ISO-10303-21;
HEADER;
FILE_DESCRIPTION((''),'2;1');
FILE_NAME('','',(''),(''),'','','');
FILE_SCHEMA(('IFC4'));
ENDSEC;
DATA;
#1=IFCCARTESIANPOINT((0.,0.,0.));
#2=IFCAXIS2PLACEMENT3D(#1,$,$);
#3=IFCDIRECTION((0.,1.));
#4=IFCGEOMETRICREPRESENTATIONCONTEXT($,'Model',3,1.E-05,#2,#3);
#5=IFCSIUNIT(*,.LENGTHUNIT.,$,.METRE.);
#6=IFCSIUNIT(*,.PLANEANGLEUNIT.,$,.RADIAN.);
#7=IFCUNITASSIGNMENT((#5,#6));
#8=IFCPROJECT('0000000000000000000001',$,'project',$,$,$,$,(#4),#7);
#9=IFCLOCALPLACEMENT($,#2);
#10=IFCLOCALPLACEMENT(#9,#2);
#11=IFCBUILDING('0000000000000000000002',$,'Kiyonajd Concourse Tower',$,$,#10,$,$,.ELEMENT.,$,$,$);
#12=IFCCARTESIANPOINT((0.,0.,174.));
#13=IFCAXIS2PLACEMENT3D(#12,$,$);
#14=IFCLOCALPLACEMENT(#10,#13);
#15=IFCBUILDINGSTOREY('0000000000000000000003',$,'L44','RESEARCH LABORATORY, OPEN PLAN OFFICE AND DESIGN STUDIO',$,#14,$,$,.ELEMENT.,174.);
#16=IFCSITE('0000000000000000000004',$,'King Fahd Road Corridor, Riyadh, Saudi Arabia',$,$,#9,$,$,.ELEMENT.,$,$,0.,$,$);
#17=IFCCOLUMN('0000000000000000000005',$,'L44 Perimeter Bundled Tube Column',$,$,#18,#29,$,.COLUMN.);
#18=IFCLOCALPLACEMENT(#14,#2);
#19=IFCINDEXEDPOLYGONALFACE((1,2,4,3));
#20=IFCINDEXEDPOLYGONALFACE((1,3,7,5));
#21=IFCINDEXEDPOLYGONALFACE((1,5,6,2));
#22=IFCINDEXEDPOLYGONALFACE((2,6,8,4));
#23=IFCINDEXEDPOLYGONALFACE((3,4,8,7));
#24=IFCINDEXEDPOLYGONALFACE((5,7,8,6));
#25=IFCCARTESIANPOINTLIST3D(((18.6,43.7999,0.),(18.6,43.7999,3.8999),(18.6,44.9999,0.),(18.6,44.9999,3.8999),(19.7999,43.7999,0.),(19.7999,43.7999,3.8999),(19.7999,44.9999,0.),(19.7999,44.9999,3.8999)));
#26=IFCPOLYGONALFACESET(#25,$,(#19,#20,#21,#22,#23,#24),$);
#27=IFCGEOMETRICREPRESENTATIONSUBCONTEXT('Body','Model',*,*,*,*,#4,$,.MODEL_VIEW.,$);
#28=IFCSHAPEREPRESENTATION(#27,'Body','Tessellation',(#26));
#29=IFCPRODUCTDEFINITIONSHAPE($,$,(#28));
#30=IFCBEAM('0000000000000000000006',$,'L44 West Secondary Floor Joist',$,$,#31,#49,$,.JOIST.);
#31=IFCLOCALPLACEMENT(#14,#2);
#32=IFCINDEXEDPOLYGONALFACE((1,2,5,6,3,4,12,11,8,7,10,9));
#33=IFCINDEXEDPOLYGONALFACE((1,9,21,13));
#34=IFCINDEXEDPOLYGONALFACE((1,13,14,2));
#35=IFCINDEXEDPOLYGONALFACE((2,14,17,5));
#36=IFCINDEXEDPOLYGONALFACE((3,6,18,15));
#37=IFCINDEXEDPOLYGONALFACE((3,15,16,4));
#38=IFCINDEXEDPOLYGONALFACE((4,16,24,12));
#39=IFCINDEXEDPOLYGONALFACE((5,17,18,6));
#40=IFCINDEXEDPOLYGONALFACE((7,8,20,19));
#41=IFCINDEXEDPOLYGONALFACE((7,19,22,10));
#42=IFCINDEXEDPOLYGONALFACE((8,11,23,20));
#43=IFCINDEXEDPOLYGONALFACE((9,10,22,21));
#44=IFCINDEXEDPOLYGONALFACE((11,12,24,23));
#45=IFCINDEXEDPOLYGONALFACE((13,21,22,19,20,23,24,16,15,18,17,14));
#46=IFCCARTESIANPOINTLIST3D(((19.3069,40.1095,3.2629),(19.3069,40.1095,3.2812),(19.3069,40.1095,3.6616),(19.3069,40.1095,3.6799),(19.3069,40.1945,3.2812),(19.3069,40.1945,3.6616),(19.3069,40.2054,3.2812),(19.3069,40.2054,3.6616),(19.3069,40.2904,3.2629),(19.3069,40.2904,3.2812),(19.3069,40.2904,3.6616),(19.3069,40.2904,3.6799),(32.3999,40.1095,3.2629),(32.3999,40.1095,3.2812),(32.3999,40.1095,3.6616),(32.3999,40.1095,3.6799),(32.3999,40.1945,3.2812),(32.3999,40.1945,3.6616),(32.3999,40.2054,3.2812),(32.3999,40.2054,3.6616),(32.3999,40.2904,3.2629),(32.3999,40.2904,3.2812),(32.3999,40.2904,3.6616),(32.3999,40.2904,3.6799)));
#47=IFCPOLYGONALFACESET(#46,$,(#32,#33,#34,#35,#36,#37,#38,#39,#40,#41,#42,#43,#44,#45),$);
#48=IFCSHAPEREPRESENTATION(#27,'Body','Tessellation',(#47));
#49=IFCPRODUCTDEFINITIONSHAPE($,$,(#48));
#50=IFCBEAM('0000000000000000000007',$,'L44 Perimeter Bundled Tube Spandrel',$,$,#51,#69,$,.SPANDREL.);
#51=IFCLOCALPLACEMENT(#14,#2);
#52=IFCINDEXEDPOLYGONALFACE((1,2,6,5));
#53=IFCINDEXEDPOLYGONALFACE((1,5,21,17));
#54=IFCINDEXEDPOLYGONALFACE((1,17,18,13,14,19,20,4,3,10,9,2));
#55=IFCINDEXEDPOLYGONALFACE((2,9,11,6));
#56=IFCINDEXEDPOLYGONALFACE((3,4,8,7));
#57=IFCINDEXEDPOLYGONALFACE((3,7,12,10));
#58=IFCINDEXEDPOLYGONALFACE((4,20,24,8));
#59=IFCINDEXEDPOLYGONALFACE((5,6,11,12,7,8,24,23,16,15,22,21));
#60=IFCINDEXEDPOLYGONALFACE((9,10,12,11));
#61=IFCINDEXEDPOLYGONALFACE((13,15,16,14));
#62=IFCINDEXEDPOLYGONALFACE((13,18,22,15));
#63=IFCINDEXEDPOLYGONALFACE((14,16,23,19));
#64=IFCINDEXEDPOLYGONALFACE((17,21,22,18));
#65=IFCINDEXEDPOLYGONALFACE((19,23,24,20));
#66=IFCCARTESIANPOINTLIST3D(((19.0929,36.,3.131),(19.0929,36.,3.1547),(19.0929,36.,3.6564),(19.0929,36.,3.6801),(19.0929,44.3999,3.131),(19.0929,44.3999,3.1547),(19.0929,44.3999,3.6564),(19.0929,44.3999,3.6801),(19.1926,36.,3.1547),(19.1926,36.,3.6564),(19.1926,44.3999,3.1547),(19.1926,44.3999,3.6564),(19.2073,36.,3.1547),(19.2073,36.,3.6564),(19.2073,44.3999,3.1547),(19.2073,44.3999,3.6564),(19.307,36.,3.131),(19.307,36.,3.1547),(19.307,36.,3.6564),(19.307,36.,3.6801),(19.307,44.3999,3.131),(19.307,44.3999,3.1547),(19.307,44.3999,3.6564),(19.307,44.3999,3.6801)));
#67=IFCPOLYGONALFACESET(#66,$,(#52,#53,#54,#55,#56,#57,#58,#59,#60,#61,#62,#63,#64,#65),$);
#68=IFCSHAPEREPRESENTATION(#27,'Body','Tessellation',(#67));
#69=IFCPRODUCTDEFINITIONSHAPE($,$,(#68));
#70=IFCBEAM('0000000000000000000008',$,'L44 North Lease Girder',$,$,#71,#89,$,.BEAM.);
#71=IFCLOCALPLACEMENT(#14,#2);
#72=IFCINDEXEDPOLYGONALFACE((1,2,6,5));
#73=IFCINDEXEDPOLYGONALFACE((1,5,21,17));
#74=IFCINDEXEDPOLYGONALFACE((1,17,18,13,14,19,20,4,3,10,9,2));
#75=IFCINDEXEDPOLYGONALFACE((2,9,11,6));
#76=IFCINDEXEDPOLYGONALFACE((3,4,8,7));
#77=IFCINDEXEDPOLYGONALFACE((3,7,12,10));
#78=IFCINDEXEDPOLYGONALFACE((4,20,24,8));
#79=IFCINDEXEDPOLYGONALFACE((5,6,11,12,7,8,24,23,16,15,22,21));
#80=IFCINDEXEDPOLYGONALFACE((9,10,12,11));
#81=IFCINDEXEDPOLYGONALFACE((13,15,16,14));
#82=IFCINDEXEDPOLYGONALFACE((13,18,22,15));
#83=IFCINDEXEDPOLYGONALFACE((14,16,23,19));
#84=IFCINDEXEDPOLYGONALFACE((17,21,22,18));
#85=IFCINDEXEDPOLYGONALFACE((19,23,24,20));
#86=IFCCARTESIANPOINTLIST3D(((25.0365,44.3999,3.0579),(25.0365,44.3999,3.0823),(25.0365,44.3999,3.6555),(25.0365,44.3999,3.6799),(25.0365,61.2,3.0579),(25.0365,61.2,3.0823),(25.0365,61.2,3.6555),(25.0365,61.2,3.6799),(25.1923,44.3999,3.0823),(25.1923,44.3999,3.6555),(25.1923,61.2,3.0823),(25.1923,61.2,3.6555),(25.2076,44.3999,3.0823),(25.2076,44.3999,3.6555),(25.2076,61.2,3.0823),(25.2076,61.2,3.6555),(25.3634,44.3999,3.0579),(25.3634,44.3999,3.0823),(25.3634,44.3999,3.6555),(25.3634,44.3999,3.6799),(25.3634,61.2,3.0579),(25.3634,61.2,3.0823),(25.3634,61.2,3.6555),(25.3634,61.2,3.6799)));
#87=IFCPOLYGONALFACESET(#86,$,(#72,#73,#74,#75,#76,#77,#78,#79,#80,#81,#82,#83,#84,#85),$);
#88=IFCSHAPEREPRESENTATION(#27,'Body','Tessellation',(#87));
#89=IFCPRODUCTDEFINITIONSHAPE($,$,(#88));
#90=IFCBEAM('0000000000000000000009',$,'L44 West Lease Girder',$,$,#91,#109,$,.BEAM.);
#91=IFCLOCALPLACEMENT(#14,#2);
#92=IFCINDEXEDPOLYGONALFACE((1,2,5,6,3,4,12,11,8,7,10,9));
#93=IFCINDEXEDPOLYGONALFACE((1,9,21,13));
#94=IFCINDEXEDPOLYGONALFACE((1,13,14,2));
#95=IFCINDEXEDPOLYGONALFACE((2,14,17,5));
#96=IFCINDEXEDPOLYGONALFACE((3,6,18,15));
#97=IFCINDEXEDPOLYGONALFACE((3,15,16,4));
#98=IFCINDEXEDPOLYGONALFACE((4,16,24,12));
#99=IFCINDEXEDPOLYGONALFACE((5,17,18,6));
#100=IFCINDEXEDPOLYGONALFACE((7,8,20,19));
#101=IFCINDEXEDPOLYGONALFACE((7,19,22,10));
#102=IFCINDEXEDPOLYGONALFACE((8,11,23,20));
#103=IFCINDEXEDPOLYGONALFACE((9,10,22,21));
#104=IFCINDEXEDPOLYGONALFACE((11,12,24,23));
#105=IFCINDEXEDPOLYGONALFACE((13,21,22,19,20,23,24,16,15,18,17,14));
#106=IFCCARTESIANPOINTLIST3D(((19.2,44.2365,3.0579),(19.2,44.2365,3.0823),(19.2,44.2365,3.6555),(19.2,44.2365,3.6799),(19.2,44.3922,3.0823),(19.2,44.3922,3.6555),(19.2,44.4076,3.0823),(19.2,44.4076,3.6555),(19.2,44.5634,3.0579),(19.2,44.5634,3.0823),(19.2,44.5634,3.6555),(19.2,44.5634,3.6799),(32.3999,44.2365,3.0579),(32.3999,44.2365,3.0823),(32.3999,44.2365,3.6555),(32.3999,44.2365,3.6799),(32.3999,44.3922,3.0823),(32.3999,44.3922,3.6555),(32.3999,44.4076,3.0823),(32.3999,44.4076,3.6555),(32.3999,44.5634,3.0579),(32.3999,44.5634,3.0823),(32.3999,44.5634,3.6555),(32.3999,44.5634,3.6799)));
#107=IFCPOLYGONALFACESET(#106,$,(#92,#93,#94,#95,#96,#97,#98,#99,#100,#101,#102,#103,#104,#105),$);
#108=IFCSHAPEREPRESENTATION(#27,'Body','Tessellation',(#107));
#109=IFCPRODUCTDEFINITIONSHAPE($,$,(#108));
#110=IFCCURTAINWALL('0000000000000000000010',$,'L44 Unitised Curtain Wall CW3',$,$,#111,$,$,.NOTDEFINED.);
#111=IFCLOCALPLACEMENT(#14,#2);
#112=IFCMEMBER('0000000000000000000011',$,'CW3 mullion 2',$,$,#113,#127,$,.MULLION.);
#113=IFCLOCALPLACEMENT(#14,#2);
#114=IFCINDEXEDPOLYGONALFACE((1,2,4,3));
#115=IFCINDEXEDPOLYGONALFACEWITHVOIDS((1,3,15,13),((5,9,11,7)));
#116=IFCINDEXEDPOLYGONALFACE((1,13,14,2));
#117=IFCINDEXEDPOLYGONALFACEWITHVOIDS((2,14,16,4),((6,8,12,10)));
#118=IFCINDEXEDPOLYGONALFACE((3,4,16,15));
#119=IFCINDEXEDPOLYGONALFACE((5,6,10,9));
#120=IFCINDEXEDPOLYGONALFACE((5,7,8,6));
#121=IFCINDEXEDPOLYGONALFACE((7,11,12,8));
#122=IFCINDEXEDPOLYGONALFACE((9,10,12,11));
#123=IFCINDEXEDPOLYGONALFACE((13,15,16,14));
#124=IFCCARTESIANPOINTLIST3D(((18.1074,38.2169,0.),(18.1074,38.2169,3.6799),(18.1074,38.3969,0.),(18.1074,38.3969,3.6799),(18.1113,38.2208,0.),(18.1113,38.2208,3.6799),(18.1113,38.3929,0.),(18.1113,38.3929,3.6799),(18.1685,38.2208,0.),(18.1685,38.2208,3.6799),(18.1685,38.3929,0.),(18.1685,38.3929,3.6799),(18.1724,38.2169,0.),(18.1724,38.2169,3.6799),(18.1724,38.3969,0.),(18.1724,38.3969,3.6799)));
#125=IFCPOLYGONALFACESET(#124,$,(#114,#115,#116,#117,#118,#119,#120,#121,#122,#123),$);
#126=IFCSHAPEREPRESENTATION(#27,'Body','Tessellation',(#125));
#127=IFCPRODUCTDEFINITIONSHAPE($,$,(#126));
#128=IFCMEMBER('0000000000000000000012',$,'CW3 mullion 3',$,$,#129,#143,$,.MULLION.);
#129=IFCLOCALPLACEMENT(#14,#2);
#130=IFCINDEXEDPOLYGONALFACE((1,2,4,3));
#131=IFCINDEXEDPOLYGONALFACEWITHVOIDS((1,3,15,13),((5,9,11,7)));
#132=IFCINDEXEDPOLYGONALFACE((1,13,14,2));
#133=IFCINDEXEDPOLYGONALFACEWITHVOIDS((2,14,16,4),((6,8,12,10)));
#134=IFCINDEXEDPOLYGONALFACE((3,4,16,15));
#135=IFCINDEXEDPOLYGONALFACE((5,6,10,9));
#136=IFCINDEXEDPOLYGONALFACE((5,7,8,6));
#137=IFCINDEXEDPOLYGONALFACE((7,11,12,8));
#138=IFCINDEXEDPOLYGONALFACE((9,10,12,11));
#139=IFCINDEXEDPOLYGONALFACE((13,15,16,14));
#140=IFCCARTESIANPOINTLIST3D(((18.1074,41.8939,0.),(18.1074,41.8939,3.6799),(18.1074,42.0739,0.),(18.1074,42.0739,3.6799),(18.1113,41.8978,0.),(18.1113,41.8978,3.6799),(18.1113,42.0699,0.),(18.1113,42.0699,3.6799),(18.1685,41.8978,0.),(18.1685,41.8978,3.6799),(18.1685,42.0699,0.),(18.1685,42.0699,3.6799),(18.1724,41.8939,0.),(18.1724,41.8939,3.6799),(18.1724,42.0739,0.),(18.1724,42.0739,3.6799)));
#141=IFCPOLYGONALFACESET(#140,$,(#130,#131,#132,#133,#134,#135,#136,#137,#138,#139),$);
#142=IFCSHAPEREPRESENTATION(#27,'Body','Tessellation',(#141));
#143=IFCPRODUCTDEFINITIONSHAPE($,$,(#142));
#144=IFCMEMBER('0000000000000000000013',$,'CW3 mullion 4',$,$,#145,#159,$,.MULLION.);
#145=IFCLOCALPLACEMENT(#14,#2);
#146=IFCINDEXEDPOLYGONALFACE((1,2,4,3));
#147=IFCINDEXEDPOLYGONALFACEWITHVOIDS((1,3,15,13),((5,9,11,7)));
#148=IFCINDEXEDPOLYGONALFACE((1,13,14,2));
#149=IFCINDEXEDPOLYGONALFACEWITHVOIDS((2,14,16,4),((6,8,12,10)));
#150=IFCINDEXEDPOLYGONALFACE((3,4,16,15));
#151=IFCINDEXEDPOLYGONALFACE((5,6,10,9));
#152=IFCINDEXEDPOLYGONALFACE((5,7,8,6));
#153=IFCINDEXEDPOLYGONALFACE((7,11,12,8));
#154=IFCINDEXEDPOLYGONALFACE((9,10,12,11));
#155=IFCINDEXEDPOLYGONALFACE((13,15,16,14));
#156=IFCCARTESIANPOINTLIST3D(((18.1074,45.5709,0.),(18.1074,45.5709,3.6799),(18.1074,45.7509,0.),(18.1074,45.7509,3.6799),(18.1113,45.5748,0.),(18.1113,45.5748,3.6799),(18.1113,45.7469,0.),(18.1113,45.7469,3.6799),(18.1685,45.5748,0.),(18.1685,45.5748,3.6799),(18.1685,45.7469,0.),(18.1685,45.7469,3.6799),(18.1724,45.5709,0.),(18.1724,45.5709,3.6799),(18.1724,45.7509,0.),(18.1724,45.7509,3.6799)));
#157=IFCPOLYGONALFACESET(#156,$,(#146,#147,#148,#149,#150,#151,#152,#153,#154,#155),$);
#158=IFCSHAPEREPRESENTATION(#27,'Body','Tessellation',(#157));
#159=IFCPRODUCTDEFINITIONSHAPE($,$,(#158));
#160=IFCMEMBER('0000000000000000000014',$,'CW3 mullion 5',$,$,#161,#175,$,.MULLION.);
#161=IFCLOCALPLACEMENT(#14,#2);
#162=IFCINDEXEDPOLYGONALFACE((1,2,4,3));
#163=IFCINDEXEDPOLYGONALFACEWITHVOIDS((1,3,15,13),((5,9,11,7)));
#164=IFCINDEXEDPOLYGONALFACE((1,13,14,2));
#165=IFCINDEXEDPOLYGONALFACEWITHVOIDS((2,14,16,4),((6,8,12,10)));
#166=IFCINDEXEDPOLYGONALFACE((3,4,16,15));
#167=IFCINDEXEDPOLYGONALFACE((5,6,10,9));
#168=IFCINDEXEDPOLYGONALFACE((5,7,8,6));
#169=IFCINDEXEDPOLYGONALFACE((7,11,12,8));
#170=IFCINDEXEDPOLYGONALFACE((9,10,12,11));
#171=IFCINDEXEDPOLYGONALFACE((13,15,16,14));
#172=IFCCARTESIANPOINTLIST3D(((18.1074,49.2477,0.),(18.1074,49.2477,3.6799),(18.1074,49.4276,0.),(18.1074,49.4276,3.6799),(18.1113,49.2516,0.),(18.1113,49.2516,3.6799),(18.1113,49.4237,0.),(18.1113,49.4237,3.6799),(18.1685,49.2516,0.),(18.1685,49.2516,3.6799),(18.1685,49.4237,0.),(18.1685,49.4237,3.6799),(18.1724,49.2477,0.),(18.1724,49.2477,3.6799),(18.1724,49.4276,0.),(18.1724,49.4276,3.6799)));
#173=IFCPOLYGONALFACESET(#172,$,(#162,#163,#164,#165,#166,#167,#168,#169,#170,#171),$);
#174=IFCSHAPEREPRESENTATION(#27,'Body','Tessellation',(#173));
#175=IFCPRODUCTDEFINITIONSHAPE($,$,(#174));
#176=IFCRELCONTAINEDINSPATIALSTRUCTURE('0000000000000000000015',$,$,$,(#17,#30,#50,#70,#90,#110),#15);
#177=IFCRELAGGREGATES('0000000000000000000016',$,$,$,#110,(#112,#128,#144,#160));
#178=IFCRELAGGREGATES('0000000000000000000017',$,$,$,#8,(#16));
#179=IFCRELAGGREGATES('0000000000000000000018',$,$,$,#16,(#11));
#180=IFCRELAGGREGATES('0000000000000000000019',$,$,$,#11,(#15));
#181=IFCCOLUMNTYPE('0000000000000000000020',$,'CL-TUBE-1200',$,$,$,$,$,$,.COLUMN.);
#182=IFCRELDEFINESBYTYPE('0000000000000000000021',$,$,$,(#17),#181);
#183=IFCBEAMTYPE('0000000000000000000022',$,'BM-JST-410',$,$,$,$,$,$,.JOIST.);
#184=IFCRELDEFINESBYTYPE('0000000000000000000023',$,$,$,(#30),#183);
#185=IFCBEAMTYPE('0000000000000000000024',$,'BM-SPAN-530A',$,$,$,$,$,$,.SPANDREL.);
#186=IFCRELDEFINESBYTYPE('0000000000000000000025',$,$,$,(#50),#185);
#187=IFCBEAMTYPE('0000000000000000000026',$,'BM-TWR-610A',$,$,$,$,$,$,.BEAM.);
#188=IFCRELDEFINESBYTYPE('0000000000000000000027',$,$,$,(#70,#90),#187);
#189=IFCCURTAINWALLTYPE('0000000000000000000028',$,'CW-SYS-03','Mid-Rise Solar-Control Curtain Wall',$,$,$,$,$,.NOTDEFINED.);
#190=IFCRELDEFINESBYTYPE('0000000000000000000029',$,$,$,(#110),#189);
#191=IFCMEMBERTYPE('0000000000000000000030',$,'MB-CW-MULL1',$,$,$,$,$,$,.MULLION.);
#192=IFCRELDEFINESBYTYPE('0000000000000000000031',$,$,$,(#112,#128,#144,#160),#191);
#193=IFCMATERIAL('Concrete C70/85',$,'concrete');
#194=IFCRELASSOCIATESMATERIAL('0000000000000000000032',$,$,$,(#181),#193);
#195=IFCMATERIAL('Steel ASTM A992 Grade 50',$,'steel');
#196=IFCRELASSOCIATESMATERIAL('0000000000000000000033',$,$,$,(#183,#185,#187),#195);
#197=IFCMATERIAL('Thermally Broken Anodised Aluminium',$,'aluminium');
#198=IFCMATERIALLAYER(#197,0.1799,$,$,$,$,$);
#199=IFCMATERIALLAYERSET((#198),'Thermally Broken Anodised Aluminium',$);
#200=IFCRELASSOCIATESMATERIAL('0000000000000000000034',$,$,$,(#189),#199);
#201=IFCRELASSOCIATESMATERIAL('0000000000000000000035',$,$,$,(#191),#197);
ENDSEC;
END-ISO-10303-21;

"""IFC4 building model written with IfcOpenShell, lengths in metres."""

from ifc_helpers import new_model, si_unit, direction, frame, origin, origin_2d, place, context, subcontext, project, spatial, rectangle, hollow_rectangle, i_section, extrude, material, layer, layer_set, material_profile, profile_set, type_object, element, aggregate, save


model = new_model("IFC4")

# Units and contexts
model_context = context("Model", 3, precision=1e-05, world=origin(), true_north=direction((0.0, 1.0)))
body_context = subcontext(model_context, "Body", "Model", "MODEL_VIEW")
ifc_project = project(units=[si_unit("LENGTHUNIT", "METRE"), si_unit("PLANEANGLEUNIT", "RADIAN")], contexts=[model_context])

# Site, building, storey
site_placement = place(None, origin())
site = spatial("IfcSite", under=ifc_project, at=site_placement, Name="King Fahd Road Corridor, Riyadh, Saudi Arabia", CompositionType="ELEMENT", RefElevation=0.0)
building_placement = place(site_placement, origin())
building = spatial("IfcBuilding", under=site, at=building_placement, Name="Kiyonajd Concourse Tower", CompositionType="ELEMENT")
storey_placement = place(building_placement, frame((0.0, 0.0, 174.0)))
storey = spatial("IfcBuildingStorey", under=building, at=storey_placement, Name="L44", Description="RESEARCH LABORATORY, OPEN PLAN OFFICE AND DESIGN STUDIO", CompositionType="ELEMENT", Elevation=174.0)

# Column
ifc_material_1 = material(Name="Concrete C70/85", Category="concrete")
ifc_material_profile_1 = material_profile(ifc_material_1, rectangle(XDim=1.2, YDim=1.2, at=origin_2d()), Name="RC-1200x1200")
ifc_profile_set_1 = profile_set([ifc_material_profile_1], Name="Concrete C70/85")
column_type = type_object("IfcColumnType", Name="CL-TUBE-1200", PredefinedType="COLUMN", material=ifc_profile_set_1)
column_placement = place(storey_placement, frame((19.2, 44.3999, 0.0), z_axis=(0.0, 0.0, 1.0), x_axis=(1.0, 0.0, 0.0)))
element("IfcColumn", 1, at=column_placement, inside=storey, type_object=column_type, Name="L44 Perimeter Bundled Tube Column", PredefinedType="COLUMN", context=body_context, shape_type="SweptSolid", body=[
    extrude(rectangle(XDim=1.2, YDim=1.2, at=origin_2d()), origin(), (0.0, 0.0, 1.0), 3.8999),
])

# Beams
ifc_material_2 = material(Name="Steel ASTM A992 Grade 50", Category="steel")
ifc_material_profile_2 = material_profile(ifc_material_2, i_section(OverallWidth=0.1809, OverallDepth=0.417, WebThickness=0.011, FlangeThickness=0.0183, at=origin_2d()), Name="W410X85")
ifc_profile_set_2 = profile_set([ifc_material_profile_2], Name="Steel ASTM A992 Grade 50")
beam_type_1 = type_object("IfcBeamType", Name="BM-JST-410", PredefinedType="JOIST", material=ifc_profile_set_2)
beam_1_placement = place(storey_placement, frame((19.3069, 40.2, 3.4714), z_axis=(1.0, 0.0, 0.0), x_axis=(0.0, 1.0, 0.0)))
element("IfcBeam", 2, at=beam_1_placement, inside=storey, type_object=beam_type_1, Name="L44 West Secondary Floor Joist", PredefinedType="JOIST", context=body_context, shape_type="SweptSolid", body=[
    extrude(i_section(OverallWidth=0.1809, OverallDepth=0.417, WebThickness=0.011, FlangeThickness=0.0183, at=origin_2d()), origin(), (0.0, 0.0, 1.0), 13.093),
])
ifc_material_profile_3 = material_profile(ifc_material_2, i_section(OverallWidth=0.2141, OverallDepth=0.5491, WebThickness=0.0146, FlangeThickness=0.0237, at=origin_2d()), Name="W530X138")
ifc_profile_set_3 = profile_set([ifc_material_profile_3], Name="Steel ASTM A992 Grade 50")
beam_type_2 = type_object("IfcBeamType", Name="BM-SPAN-530A", PredefinedType="SPANDREL", material=ifc_profile_set_3)
beam_2_placement = place(storey_placement, frame((19.2, 44.3999, 3.4055), z_axis=(0.0, -1.0, 0.0), x_axis=(1.0, 0.0, 0.0)))
element("IfcBeam", 3, at=beam_2_placement, inside=storey, type_object=beam_type_2, Name="L44 Perimeter Bundled Tube Spandrel", PredefinedType="SPANDREL", context=body_context, shape_type="SweptSolid", body=[
    extrude(i_section(OverallWidth=0.2141, OverallDepth=0.5491, WebThickness=0.0146, FlangeThickness=0.0237, at=origin_2d()), origin(), (0.0, 0.0, 1.0), 8.3999),
])
ifc_material_profile_4 = material_profile(ifc_material_2, i_section(OverallWidth=0.3269, OverallDepth=0.6221, WebThickness=0.0154, FlangeThickness=0.0244, at=origin_2d()), Name="W610X195")
ifc_profile_set_4 = profile_set([ifc_material_profile_4], Name="Steel ASTM A992 Grade 50")
beam_type_3 = type_object("IfcBeamType", Name="BM-TWR-610A", PredefinedType="BEAM", material=ifc_profile_set_4)
beam_3_placement = place(storey_placement, frame((25.2, 44.3999, 3.3689), z_axis=(0.0, 1.0, 0.0), x_axis=(-1.0, 0.0, 0.0)))
element("IfcBeam", 4, at=beam_3_placement, inside=storey, type_object=beam_type_3, Name="L44 North Lease Girder", PredefinedType="BEAM", context=body_context, shape_type="SweptSolid", body=[
    extrude(i_section(OverallWidth=0.3269, OverallDepth=0.6221, WebThickness=0.0154, FlangeThickness=0.0244, at=origin_2d()), origin(), (0.0, 0.0, 1.0), 16.8),
])
beam_4_placement = place(storey_placement, frame((19.2, 44.3999, 3.3689), z_axis=(1.0, 0.0, 0.0), x_axis=(0.0, 1.0, 0.0)))
element("IfcBeam", 5, at=beam_4_placement, inside=storey, type_object=beam_type_3, Name="L44 West Lease Girder", PredefinedType="BEAM", context=body_context, shape_type="SweptSolid", body=[
    extrude(i_section(OverallWidth=0.3269, OverallDepth=0.6221, WebThickness=0.0154, FlangeThickness=0.0244, at=origin_2d()), origin(), (0.0, 0.0, 1.0), 13.2),
])

# Curtain wall, members
ifc_material_3 = material(Name="Thermally Broken Anodised Aluminium", Category="aluminium")
ifc_layer_1 = layer(ifc_material_3, 0.1799)
ifc_layer_set_1 = layer_set([ifc_layer_1], Name="Thermally Broken Anodised Aluminium")
curtain_wall_type = type_object("IfcCurtainWallType", Name="CW-SYS-03", Description="Mid-Rise Solar-Control Curtain Wall", PredefinedType="NOTDEFINED", material=ifc_layer_set_1)
curtain_wall_placement = place(storey_placement, origin())
curtain_wall = element("IfcCurtainWall", 6, at=curtain_wall_placement, inside=storey, type_object=curtain_wall_type, Name="L44 Unitised Curtain Wall CW3", PredefinedType="NOTDEFINED")
ifc_material_profile_5 = material_profile(ifc_material_3, hollow_rectangle(XDim=0.0649, YDim=0.1799, WallThickness=0.0039, at=origin_2d()), Name="MULL-65x180")
ifc_profile_set_5 = profile_set([ifc_material_profile_5], Name="Thermally Broken Anodised Aluminium")
member_type_1 = type_object("IfcMemberType", Name="MB-CW-MULL1", PredefinedType="MULLION", material=ifc_profile_set_5)
member_1_placement = place(storey_placement, frame((18.1399, 38.3069, 0.0), z_axis=(0.0, 0.0, 1.0), x_axis=(-1.0, 0.0, 0.0)))
member_1 = element("IfcMember", 7, at=member_1_placement, type_object=member_type_1, Name="CW3 mullion 2", PredefinedType="MULLION", context=body_context, shape_type="SweptSolid", body=[
    extrude(hollow_rectangle(XDim=0.0649, YDim=0.1799, WallThickness=0.0039, at=origin_2d()), origin(), (0.0, 0.0, 1.0), 3.6799),
])
member_2_placement = place(storey_placement, frame((18.1399, 41.9839, 0.0), z_axis=(0.0, 0.0, 1.0), x_axis=(-1.0, 0.0, 0.0)))
member_2 = element("IfcMember", 8, at=member_2_placement, type_object=member_type_1, Name="CW3 mullion 3", PredefinedType="MULLION", context=body_context, shape_type="SweptSolid", body=[
    extrude(hollow_rectangle(XDim=0.0649, YDim=0.1799, WallThickness=0.0039, at=origin_2d()), origin(), (0.0, 0.0, 1.0), 3.6799),
])
member_3_placement = place(storey_placement, frame((18.1399, 45.6609, 0.0), z_axis=(0.0, 0.0, 1.0), x_axis=(-1.0, 0.0, 0.0)))
member_3 = element("IfcMember", 9, at=member_3_placement, type_object=member_type_1, Name="CW3 mullion 4", PredefinedType="MULLION", context=body_context, shape_type="SweptSolid", body=[
    extrude(hollow_rectangle(XDim=0.0649, YDim=0.1799, WallThickness=0.0039, at=origin_2d()), origin(), (0.0, 0.0, 1.0), 3.6799),
])
member_4_placement = place(storey_placement, frame((18.1399, 49.3376, 0.0), z_axis=(0.0, 0.0, 1.0), x_axis=(-1.0, 0.0, 0.0)))
member_4 = element("IfcMember", 10, at=member_4_placement, type_object=member_type_1, Name="CW3 mullion 5", PredefinedType="MULLION", context=body_context, shape_type="SweptSolid", body=[
    extrude(hollow_rectangle(XDim=0.0649, YDim=0.1799, WallThickness=0.0039, at=origin_2d()), origin(), (0.0, 0.0, 1.0), 3.6799),
])
aggregate(curtain_wall, [member_1, member_2, member_3, member_4])

save(model, "model.ifc")
